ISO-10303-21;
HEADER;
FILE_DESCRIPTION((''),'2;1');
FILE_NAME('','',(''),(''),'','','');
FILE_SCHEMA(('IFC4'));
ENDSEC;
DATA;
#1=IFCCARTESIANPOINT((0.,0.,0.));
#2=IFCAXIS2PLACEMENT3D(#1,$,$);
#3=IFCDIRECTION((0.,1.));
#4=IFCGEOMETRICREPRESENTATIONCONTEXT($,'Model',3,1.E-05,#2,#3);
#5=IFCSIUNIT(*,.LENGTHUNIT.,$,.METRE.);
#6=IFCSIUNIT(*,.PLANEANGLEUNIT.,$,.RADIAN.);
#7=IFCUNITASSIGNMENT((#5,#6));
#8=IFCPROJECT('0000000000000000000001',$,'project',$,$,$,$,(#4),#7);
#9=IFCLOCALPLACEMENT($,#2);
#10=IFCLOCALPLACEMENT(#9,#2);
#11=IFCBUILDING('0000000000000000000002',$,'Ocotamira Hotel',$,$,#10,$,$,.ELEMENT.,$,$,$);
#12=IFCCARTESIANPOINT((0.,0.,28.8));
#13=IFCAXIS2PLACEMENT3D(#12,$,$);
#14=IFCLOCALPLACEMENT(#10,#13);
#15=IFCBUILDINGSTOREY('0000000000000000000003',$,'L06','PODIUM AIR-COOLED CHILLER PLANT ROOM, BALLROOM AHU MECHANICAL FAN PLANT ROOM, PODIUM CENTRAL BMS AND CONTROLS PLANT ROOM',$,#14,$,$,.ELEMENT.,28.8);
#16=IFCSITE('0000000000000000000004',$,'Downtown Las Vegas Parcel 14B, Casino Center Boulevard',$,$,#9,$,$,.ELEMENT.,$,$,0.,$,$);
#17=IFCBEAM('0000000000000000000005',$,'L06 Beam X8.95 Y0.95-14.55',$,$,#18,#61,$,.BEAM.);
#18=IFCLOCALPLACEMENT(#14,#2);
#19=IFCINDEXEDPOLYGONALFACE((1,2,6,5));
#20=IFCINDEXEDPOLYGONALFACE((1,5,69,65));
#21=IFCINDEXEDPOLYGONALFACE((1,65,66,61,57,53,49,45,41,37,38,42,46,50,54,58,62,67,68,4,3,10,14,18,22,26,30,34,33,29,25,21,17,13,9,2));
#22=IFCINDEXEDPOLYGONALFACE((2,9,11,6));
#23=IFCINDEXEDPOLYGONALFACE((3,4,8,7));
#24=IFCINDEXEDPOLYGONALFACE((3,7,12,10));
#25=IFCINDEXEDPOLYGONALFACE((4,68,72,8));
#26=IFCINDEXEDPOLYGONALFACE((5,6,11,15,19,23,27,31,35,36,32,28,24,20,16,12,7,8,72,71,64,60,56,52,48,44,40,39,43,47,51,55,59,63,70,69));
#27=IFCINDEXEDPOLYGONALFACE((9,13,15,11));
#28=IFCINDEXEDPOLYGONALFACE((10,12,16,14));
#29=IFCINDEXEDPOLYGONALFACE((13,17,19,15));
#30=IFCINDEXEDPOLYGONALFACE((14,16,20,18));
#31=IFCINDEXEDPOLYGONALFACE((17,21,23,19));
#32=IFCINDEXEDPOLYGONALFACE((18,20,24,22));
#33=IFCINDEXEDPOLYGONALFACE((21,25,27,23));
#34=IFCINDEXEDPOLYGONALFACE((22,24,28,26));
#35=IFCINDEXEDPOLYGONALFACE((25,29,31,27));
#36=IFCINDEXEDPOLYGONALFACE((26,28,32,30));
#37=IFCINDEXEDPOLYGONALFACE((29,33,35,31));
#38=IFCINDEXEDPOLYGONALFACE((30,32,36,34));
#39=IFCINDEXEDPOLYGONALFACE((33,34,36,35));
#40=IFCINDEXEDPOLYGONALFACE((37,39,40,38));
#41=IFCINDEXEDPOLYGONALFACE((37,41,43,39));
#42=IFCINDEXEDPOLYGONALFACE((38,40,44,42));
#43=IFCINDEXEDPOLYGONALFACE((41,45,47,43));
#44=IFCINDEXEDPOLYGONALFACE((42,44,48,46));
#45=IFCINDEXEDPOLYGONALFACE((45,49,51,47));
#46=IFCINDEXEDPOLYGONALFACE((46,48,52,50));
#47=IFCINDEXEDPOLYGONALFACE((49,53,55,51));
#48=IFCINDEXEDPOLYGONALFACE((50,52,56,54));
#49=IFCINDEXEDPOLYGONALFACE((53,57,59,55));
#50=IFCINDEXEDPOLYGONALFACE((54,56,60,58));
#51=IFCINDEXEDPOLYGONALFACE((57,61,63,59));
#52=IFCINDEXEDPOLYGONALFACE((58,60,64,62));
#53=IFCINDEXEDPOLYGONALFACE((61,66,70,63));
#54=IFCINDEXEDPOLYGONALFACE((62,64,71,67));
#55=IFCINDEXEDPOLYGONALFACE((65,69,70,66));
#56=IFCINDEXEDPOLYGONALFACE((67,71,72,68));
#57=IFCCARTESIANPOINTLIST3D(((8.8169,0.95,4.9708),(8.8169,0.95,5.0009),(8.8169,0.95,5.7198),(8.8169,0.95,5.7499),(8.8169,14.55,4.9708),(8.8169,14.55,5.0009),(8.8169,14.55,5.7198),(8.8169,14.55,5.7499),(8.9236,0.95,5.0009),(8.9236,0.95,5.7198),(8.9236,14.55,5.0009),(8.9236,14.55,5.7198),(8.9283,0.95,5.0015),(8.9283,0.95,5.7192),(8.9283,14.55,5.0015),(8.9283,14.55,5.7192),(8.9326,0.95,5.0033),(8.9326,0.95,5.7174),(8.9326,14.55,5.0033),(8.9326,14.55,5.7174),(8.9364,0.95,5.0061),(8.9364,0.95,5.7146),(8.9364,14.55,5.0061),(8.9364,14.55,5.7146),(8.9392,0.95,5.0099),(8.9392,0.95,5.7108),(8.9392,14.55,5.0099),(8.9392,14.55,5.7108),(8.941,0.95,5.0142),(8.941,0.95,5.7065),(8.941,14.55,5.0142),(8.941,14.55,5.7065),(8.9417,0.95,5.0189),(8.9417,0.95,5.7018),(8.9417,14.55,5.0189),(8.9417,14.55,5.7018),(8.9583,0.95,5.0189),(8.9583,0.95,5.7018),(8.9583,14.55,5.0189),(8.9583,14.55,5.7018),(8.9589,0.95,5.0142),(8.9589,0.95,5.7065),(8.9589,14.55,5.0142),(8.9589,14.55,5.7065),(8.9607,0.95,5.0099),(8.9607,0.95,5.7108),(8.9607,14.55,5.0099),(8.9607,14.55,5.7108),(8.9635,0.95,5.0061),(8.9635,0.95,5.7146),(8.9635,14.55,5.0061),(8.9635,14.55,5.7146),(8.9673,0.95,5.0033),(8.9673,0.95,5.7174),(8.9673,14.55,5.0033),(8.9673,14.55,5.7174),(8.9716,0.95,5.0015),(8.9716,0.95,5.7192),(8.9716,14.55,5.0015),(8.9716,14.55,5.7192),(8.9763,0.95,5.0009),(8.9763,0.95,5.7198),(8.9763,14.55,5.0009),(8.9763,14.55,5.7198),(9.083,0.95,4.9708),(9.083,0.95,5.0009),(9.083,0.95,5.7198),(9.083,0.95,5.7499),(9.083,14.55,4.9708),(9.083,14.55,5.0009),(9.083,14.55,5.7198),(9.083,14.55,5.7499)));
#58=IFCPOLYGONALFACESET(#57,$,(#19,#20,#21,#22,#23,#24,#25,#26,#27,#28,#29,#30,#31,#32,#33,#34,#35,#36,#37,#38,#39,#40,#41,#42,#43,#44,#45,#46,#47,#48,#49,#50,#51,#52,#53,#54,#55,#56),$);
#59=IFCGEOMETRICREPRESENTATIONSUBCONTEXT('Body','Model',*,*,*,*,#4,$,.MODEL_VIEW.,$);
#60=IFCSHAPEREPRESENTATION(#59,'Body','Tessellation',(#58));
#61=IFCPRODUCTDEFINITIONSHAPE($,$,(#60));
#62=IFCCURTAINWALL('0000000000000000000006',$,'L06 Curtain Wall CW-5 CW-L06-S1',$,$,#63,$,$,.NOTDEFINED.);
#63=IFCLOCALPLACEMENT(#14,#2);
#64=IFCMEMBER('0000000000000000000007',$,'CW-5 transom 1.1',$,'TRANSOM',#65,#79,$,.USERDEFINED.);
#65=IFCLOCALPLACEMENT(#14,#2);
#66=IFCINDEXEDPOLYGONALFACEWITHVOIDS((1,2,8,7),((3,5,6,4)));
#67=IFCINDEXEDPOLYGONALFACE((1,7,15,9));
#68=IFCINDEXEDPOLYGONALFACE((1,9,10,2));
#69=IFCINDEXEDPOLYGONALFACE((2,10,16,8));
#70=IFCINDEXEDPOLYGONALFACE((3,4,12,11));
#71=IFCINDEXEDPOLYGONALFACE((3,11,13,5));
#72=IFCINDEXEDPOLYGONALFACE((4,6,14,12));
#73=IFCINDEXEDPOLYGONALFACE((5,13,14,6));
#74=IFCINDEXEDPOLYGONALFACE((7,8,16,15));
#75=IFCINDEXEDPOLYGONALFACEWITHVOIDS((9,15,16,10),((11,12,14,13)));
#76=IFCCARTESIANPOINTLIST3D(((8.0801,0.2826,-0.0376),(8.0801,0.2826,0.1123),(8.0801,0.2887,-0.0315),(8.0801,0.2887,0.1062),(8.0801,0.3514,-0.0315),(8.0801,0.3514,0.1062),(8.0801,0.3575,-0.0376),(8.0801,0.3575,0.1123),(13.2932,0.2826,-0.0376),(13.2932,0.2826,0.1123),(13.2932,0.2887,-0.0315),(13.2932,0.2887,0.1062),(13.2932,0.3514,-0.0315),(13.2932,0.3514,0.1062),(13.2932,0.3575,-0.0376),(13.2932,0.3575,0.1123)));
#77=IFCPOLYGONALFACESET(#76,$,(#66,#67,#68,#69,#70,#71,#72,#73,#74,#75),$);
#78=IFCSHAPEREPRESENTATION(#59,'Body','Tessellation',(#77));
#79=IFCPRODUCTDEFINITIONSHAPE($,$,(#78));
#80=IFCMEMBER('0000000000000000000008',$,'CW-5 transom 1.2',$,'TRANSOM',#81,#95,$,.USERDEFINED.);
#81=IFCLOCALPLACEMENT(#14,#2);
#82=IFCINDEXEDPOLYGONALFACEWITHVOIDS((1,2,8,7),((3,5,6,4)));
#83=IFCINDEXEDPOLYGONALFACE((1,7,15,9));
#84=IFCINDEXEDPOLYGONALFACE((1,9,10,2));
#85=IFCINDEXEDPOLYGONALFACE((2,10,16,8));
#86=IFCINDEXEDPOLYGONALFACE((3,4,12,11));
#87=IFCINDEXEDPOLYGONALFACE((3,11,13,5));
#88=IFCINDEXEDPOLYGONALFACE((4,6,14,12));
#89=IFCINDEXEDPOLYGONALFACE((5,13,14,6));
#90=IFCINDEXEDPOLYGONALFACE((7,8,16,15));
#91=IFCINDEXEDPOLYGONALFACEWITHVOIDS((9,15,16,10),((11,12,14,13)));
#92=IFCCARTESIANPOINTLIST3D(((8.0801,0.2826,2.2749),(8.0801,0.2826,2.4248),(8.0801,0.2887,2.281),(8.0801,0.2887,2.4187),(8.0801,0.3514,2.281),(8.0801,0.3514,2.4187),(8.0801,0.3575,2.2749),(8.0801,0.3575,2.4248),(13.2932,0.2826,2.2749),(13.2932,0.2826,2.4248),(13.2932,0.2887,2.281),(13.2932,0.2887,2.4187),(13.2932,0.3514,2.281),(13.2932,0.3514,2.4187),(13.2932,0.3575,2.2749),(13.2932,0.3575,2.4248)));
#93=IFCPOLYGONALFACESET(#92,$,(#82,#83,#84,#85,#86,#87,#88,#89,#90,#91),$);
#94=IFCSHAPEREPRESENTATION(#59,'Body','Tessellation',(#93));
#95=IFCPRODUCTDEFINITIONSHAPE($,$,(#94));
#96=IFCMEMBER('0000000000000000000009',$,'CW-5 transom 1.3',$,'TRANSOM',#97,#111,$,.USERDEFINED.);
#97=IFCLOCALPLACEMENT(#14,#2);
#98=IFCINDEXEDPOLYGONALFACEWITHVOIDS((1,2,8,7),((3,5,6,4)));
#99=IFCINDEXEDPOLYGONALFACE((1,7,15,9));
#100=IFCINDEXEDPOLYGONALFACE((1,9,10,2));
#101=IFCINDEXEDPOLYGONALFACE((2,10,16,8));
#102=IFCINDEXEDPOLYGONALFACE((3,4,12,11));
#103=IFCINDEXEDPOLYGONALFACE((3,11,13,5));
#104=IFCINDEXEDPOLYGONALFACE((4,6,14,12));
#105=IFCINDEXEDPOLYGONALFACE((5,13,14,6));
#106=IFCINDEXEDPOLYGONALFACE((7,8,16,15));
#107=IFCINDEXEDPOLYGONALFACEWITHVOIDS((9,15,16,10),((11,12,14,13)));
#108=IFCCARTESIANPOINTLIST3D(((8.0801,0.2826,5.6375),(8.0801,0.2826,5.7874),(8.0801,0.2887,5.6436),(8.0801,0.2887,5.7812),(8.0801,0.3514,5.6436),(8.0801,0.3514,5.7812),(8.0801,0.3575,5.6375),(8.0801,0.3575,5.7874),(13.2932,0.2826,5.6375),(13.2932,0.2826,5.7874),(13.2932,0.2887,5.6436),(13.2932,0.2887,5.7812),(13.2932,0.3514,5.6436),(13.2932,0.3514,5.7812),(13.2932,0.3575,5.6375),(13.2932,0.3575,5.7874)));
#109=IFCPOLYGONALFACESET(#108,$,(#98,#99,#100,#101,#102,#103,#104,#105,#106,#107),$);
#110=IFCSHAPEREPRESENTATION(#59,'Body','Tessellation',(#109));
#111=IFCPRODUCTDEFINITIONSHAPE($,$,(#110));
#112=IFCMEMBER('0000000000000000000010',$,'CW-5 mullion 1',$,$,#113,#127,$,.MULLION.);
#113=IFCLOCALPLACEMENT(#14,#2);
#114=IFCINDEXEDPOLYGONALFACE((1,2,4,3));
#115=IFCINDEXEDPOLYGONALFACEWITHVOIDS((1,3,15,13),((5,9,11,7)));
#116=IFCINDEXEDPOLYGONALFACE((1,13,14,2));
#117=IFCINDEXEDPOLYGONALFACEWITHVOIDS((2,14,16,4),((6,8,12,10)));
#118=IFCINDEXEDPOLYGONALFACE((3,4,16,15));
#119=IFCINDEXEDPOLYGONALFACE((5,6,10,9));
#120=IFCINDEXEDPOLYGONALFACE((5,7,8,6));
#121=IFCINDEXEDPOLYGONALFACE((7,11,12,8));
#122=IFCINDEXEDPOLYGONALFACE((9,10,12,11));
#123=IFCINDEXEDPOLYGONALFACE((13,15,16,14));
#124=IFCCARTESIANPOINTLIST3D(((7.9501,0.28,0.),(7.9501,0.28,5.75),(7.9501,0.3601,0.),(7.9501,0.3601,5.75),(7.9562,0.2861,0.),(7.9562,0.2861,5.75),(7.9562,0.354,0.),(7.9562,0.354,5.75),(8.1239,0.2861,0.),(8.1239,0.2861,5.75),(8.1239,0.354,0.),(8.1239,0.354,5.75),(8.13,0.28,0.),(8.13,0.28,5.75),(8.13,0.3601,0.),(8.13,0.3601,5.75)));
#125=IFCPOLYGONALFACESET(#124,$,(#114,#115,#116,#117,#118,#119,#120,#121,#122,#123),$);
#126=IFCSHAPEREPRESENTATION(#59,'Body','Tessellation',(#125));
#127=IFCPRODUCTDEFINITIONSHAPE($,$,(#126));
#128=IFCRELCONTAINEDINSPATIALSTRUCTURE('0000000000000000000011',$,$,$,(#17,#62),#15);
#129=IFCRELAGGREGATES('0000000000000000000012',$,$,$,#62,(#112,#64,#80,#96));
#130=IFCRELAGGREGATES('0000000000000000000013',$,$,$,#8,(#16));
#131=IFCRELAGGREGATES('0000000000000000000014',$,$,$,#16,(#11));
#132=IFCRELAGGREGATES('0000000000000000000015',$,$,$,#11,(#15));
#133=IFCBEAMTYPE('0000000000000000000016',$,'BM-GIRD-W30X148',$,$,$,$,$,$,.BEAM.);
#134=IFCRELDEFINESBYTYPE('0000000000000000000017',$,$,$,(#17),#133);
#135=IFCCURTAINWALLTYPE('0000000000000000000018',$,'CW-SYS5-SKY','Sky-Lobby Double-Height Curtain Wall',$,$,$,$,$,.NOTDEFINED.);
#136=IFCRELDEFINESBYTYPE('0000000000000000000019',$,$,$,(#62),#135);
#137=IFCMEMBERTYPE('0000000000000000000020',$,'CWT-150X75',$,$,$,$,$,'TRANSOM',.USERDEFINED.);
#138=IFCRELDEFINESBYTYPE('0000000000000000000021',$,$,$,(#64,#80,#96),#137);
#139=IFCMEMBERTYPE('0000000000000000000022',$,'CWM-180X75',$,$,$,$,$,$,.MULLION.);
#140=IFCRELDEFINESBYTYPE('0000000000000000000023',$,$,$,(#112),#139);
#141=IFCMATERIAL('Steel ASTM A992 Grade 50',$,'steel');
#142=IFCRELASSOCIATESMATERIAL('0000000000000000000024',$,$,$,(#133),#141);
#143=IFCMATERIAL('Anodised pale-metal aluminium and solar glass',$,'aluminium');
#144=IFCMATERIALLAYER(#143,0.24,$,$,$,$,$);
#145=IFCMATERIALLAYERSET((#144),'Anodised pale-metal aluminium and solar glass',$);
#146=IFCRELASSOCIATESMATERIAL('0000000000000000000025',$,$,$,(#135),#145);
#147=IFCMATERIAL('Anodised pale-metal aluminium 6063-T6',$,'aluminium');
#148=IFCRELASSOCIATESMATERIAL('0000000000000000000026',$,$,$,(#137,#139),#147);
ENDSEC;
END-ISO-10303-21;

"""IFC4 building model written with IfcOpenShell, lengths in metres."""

from ifc_helpers import new_model, si_unit, direction, frame, origin, origin_2d, place, context, subcontext, project, spatial, hollow_rectangle, i_section, extrude, source, transform, mapped, material, layer, layer_set, material_profile, profile_set, type_object, element, aggregate, save


model = new_model("IFC4")

# Units and contexts
model_context = context("Model", 3, precision=1e-05, world=origin(), true_north=direction((0.0, 1.0)))
body_context = subcontext(model_context, "Body", "Model", "MODEL_VIEW")
ifc_project = project(units=[si_unit("LENGTHUNIT", "METRE"), si_unit("PLANEANGLEUNIT", "RADIAN")], contexts=[model_context])

# Site, building, storey
site_placement = place(None, origin())
site = spatial("IfcSite", under=ifc_project, at=site_placement, Name="Downtown Las Vegas Parcel 14B, Casino Center Boulevard", CompositionType="ELEMENT", RefElevation=0.0)
building_placement = place(site_placement, origin())
building = spatial("IfcBuilding", under=site, at=building_placement, Name="Ocotamira Hotel", CompositionType="ELEMENT")
storey_placement = place(building_placement, frame((0.0, 0.0, 28.8)))
storey = spatial("IfcBuildingStorey", under=building, at=storey_placement, Name="L06", Description="PODIUM AIR-COOLED CHILLER PLANT ROOM, BALLROOM AHU MECHANICAL FAN PLANT ROOM, PODIUM CENTRAL BMS AND CONTROLS PLANT ROOM", CompositionType="ELEMENT", Elevation=28.8)

# Beam
ifc_material_1 = material(Name="Steel ASTM A992 Grade 50", Category="steel")
ifc_material_profile_1 = material_profile(ifc_material_1, i_section(OverallWidth=0.2661, OverallDepth=0.7791, WebThickness=0.0166, FlangeThickness=0.03, FilletRadius=0.0181, at=origin_2d()), Name="W30X148")
ifc_profile_set_1 = profile_set([ifc_material_profile_1], Name="Steel ASTM A992 Grade 50")
beam_type_1 = type_object("IfcBeamType", Name="BM-GIRD-W30X148", PredefinedType="BEAM", material=ifc_profile_set_1)
shared_shape_1 = source(origin(), body_context, "Body", "SweptSolid", [
    extrude(i_section(OverallWidth=0.2661, OverallDepth=0.7791, WebThickness=0.0166, FlangeThickness=0.03, FilletRadius=0.0181, at=origin_2d()), origin(), (0.0, 0.0, 1.0), 13.6001),
])
beam_1_placement = place(storey_placement, frame((8.95, 0.95, 5.3604), z_axis=(0.0, 1.0, 0.0), x_axis=(-1.0, 0.0, 0.0)))
element("IfcBeam", 1, at=beam_1_placement, inside=storey, type_object=beam_type_1, Name="L06 Beam X8.95 Y0.95-14.55", PredefinedType="BEAM", context=body_context, shape_type="MappedRepresentation", body=[
    mapped(shared_shape_1, transform((0.0, 0.0, 0.0), scale=1.0)),
])

# Curtain wall, members
ifc_material_2 = material(Name="Anodised pale-metal aluminium and solar glass", Category="aluminium")
ifc_layer_1 = layer(ifc_material_2, 0.24)
ifc_layer_set_1 = layer_set([ifc_layer_1], Name="Anodised pale-metal aluminium and solar glass")
curtain_wall_type = type_object("IfcCurtainWallType", Name="CW-SYS5-SKY", Description="Sky-Lobby Double-Height Curtain Wall", PredefinedType="NOTDEFINED", material=ifc_layer_set_1)
curtain_wall_placement = place(storey_placement, origin())
curtain_wall = element("IfcCurtainWall", 2, at=curtain_wall_placement, inside=storey, type_object=curtain_wall_type, Name="L06 Curtain Wall CW-5 CW-L06-S1", PredefinedType="NOTDEFINED")
ifc_material_3 = material(Name="Anodised pale-metal aluminium 6063-T6", Category="aluminium")
ifc_material_profile_2 = material_profile(ifc_material_3, hollow_rectangle(XDim=0.075, YDim=0.1499, WallThickness=0.0061, at=origin_2d()), Name="HSS150X75X6")
ifc_profile_set_2 = profile_set([ifc_material_profile_2], Name="Anodised pale-metal aluminium 6063-T6")
member_type_1 = type_object("IfcMemberType", Name="CWT-150X75", ElementType="TRANSOM", PredefinedType="USERDEFINED", material=ifc_profile_set_2)
shared_shape_2 = source(origin(), body_context, "Body", "SweptSolid", [
    extrude(hollow_rectangle(XDim=0.075, YDim=0.1499, WallThickness=0.0061, at=origin_2d()), origin(), (0.0, 0.0, 1.0), 5.2131),
])
member_1_placement = place(storey_placement, frame((8.0801, 0.3201, 0.0374), z_axis=(1.0, 0.0, 0.0), x_axis=(0.0, 1.0, 0.0)))
member_1 = element("IfcMember", 3, at=member_1_placement, type_object=member_type_1, Name="CW-5 transom 1.1", ObjectType="TRANSOM", PredefinedType="USERDEFINED", context=body_context, shape_type="MappedRepresentation", body=[
    mapped(shared_shape_2, transform((0.0, 0.0, 0.0), scale=1.0)),
])
member_2_placement = place(storey_placement, frame((8.0801, 0.3201, 2.3499), z_axis=(1.0, 0.0, 0.0), x_axis=(0.0, 1.0, 0.0)))
member_2 = element("IfcMember", 4, at=member_2_placement, type_object=member_type_1, Name="CW-5 transom 1.2", ObjectType="TRANSOM", PredefinedType="USERDEFINED", context=body_context, shape_type="MappedRepresentation", body=[
    mapped(shared_shape_2, transform((0.0, 0.0, 0.0), scale=1.0)),
])
member_3_placement = place(storey_placement, frame((8.0801, 0.3201, 5.7124), z_axis=(1.0, 0.0, 0.0), x_axis=(0.0, 1.0, 0.0)))
member_3 = element("IfcMember", 5, at=member_3_placement, type_object=member_type_1, Name="CW-5 transom 1.3", ObjectType="TRANSOM", PredefinedType="USERDEFINED", context=body_context, shape_type="MappedRepresentation", body=[
    mapped(shared_shape_2, transform((0.0, 0.0, 0.0), scale=1.0)),
])
ifc_material_profile_3 = material_profile(ifc_material_3, hollow_rectangle(XDim=0.0801, YDim=0.1799, WallThickness=0.0061, at=origin_2d()), Name="HSS180X80X6")
ifc_profile_set_3 = profile_set([ifc_material_profile_3], Name="Anodised pale-metal aluminium 6063-T6")
member_type_2 = type_object("IfcMemberType", Name="CWM-180X75", PredefinedType="MULLION", material=ifc_profile_set_3)
shared_shape_3 = source(origin(), body_context, "Body", "SweptSolid", [
    extrude(hollow_rectangle(XDim=0.0801, YDim=0.1799, WallThickness=0.0061, at=origin_2d()), origin(), (0.0, 0.0, 1.0), 5.75),
])
member_4_placement = place(storey_placement, frame((8.04, 0.3201, 0.0), z_axis=(0.0, 0.0, 1.0), x_axis=(0.0, 1.0, 0.0)))
member_4 = element("IfcMember", 6, at=member_4_placement, type_object=member_type_2, Name="CW-5 mullion 1", PredefinedType="MULLION", context=body_context, shape_type="MappedRepresentation", body=[
    mapped(shared_shape_3, transform((0.0, 0.0, 0.0), scale=1.0)),
])

aggregate(curtain_wall, [member_4, member_1, member_2, member_3])

save(model, "model.ifc")
